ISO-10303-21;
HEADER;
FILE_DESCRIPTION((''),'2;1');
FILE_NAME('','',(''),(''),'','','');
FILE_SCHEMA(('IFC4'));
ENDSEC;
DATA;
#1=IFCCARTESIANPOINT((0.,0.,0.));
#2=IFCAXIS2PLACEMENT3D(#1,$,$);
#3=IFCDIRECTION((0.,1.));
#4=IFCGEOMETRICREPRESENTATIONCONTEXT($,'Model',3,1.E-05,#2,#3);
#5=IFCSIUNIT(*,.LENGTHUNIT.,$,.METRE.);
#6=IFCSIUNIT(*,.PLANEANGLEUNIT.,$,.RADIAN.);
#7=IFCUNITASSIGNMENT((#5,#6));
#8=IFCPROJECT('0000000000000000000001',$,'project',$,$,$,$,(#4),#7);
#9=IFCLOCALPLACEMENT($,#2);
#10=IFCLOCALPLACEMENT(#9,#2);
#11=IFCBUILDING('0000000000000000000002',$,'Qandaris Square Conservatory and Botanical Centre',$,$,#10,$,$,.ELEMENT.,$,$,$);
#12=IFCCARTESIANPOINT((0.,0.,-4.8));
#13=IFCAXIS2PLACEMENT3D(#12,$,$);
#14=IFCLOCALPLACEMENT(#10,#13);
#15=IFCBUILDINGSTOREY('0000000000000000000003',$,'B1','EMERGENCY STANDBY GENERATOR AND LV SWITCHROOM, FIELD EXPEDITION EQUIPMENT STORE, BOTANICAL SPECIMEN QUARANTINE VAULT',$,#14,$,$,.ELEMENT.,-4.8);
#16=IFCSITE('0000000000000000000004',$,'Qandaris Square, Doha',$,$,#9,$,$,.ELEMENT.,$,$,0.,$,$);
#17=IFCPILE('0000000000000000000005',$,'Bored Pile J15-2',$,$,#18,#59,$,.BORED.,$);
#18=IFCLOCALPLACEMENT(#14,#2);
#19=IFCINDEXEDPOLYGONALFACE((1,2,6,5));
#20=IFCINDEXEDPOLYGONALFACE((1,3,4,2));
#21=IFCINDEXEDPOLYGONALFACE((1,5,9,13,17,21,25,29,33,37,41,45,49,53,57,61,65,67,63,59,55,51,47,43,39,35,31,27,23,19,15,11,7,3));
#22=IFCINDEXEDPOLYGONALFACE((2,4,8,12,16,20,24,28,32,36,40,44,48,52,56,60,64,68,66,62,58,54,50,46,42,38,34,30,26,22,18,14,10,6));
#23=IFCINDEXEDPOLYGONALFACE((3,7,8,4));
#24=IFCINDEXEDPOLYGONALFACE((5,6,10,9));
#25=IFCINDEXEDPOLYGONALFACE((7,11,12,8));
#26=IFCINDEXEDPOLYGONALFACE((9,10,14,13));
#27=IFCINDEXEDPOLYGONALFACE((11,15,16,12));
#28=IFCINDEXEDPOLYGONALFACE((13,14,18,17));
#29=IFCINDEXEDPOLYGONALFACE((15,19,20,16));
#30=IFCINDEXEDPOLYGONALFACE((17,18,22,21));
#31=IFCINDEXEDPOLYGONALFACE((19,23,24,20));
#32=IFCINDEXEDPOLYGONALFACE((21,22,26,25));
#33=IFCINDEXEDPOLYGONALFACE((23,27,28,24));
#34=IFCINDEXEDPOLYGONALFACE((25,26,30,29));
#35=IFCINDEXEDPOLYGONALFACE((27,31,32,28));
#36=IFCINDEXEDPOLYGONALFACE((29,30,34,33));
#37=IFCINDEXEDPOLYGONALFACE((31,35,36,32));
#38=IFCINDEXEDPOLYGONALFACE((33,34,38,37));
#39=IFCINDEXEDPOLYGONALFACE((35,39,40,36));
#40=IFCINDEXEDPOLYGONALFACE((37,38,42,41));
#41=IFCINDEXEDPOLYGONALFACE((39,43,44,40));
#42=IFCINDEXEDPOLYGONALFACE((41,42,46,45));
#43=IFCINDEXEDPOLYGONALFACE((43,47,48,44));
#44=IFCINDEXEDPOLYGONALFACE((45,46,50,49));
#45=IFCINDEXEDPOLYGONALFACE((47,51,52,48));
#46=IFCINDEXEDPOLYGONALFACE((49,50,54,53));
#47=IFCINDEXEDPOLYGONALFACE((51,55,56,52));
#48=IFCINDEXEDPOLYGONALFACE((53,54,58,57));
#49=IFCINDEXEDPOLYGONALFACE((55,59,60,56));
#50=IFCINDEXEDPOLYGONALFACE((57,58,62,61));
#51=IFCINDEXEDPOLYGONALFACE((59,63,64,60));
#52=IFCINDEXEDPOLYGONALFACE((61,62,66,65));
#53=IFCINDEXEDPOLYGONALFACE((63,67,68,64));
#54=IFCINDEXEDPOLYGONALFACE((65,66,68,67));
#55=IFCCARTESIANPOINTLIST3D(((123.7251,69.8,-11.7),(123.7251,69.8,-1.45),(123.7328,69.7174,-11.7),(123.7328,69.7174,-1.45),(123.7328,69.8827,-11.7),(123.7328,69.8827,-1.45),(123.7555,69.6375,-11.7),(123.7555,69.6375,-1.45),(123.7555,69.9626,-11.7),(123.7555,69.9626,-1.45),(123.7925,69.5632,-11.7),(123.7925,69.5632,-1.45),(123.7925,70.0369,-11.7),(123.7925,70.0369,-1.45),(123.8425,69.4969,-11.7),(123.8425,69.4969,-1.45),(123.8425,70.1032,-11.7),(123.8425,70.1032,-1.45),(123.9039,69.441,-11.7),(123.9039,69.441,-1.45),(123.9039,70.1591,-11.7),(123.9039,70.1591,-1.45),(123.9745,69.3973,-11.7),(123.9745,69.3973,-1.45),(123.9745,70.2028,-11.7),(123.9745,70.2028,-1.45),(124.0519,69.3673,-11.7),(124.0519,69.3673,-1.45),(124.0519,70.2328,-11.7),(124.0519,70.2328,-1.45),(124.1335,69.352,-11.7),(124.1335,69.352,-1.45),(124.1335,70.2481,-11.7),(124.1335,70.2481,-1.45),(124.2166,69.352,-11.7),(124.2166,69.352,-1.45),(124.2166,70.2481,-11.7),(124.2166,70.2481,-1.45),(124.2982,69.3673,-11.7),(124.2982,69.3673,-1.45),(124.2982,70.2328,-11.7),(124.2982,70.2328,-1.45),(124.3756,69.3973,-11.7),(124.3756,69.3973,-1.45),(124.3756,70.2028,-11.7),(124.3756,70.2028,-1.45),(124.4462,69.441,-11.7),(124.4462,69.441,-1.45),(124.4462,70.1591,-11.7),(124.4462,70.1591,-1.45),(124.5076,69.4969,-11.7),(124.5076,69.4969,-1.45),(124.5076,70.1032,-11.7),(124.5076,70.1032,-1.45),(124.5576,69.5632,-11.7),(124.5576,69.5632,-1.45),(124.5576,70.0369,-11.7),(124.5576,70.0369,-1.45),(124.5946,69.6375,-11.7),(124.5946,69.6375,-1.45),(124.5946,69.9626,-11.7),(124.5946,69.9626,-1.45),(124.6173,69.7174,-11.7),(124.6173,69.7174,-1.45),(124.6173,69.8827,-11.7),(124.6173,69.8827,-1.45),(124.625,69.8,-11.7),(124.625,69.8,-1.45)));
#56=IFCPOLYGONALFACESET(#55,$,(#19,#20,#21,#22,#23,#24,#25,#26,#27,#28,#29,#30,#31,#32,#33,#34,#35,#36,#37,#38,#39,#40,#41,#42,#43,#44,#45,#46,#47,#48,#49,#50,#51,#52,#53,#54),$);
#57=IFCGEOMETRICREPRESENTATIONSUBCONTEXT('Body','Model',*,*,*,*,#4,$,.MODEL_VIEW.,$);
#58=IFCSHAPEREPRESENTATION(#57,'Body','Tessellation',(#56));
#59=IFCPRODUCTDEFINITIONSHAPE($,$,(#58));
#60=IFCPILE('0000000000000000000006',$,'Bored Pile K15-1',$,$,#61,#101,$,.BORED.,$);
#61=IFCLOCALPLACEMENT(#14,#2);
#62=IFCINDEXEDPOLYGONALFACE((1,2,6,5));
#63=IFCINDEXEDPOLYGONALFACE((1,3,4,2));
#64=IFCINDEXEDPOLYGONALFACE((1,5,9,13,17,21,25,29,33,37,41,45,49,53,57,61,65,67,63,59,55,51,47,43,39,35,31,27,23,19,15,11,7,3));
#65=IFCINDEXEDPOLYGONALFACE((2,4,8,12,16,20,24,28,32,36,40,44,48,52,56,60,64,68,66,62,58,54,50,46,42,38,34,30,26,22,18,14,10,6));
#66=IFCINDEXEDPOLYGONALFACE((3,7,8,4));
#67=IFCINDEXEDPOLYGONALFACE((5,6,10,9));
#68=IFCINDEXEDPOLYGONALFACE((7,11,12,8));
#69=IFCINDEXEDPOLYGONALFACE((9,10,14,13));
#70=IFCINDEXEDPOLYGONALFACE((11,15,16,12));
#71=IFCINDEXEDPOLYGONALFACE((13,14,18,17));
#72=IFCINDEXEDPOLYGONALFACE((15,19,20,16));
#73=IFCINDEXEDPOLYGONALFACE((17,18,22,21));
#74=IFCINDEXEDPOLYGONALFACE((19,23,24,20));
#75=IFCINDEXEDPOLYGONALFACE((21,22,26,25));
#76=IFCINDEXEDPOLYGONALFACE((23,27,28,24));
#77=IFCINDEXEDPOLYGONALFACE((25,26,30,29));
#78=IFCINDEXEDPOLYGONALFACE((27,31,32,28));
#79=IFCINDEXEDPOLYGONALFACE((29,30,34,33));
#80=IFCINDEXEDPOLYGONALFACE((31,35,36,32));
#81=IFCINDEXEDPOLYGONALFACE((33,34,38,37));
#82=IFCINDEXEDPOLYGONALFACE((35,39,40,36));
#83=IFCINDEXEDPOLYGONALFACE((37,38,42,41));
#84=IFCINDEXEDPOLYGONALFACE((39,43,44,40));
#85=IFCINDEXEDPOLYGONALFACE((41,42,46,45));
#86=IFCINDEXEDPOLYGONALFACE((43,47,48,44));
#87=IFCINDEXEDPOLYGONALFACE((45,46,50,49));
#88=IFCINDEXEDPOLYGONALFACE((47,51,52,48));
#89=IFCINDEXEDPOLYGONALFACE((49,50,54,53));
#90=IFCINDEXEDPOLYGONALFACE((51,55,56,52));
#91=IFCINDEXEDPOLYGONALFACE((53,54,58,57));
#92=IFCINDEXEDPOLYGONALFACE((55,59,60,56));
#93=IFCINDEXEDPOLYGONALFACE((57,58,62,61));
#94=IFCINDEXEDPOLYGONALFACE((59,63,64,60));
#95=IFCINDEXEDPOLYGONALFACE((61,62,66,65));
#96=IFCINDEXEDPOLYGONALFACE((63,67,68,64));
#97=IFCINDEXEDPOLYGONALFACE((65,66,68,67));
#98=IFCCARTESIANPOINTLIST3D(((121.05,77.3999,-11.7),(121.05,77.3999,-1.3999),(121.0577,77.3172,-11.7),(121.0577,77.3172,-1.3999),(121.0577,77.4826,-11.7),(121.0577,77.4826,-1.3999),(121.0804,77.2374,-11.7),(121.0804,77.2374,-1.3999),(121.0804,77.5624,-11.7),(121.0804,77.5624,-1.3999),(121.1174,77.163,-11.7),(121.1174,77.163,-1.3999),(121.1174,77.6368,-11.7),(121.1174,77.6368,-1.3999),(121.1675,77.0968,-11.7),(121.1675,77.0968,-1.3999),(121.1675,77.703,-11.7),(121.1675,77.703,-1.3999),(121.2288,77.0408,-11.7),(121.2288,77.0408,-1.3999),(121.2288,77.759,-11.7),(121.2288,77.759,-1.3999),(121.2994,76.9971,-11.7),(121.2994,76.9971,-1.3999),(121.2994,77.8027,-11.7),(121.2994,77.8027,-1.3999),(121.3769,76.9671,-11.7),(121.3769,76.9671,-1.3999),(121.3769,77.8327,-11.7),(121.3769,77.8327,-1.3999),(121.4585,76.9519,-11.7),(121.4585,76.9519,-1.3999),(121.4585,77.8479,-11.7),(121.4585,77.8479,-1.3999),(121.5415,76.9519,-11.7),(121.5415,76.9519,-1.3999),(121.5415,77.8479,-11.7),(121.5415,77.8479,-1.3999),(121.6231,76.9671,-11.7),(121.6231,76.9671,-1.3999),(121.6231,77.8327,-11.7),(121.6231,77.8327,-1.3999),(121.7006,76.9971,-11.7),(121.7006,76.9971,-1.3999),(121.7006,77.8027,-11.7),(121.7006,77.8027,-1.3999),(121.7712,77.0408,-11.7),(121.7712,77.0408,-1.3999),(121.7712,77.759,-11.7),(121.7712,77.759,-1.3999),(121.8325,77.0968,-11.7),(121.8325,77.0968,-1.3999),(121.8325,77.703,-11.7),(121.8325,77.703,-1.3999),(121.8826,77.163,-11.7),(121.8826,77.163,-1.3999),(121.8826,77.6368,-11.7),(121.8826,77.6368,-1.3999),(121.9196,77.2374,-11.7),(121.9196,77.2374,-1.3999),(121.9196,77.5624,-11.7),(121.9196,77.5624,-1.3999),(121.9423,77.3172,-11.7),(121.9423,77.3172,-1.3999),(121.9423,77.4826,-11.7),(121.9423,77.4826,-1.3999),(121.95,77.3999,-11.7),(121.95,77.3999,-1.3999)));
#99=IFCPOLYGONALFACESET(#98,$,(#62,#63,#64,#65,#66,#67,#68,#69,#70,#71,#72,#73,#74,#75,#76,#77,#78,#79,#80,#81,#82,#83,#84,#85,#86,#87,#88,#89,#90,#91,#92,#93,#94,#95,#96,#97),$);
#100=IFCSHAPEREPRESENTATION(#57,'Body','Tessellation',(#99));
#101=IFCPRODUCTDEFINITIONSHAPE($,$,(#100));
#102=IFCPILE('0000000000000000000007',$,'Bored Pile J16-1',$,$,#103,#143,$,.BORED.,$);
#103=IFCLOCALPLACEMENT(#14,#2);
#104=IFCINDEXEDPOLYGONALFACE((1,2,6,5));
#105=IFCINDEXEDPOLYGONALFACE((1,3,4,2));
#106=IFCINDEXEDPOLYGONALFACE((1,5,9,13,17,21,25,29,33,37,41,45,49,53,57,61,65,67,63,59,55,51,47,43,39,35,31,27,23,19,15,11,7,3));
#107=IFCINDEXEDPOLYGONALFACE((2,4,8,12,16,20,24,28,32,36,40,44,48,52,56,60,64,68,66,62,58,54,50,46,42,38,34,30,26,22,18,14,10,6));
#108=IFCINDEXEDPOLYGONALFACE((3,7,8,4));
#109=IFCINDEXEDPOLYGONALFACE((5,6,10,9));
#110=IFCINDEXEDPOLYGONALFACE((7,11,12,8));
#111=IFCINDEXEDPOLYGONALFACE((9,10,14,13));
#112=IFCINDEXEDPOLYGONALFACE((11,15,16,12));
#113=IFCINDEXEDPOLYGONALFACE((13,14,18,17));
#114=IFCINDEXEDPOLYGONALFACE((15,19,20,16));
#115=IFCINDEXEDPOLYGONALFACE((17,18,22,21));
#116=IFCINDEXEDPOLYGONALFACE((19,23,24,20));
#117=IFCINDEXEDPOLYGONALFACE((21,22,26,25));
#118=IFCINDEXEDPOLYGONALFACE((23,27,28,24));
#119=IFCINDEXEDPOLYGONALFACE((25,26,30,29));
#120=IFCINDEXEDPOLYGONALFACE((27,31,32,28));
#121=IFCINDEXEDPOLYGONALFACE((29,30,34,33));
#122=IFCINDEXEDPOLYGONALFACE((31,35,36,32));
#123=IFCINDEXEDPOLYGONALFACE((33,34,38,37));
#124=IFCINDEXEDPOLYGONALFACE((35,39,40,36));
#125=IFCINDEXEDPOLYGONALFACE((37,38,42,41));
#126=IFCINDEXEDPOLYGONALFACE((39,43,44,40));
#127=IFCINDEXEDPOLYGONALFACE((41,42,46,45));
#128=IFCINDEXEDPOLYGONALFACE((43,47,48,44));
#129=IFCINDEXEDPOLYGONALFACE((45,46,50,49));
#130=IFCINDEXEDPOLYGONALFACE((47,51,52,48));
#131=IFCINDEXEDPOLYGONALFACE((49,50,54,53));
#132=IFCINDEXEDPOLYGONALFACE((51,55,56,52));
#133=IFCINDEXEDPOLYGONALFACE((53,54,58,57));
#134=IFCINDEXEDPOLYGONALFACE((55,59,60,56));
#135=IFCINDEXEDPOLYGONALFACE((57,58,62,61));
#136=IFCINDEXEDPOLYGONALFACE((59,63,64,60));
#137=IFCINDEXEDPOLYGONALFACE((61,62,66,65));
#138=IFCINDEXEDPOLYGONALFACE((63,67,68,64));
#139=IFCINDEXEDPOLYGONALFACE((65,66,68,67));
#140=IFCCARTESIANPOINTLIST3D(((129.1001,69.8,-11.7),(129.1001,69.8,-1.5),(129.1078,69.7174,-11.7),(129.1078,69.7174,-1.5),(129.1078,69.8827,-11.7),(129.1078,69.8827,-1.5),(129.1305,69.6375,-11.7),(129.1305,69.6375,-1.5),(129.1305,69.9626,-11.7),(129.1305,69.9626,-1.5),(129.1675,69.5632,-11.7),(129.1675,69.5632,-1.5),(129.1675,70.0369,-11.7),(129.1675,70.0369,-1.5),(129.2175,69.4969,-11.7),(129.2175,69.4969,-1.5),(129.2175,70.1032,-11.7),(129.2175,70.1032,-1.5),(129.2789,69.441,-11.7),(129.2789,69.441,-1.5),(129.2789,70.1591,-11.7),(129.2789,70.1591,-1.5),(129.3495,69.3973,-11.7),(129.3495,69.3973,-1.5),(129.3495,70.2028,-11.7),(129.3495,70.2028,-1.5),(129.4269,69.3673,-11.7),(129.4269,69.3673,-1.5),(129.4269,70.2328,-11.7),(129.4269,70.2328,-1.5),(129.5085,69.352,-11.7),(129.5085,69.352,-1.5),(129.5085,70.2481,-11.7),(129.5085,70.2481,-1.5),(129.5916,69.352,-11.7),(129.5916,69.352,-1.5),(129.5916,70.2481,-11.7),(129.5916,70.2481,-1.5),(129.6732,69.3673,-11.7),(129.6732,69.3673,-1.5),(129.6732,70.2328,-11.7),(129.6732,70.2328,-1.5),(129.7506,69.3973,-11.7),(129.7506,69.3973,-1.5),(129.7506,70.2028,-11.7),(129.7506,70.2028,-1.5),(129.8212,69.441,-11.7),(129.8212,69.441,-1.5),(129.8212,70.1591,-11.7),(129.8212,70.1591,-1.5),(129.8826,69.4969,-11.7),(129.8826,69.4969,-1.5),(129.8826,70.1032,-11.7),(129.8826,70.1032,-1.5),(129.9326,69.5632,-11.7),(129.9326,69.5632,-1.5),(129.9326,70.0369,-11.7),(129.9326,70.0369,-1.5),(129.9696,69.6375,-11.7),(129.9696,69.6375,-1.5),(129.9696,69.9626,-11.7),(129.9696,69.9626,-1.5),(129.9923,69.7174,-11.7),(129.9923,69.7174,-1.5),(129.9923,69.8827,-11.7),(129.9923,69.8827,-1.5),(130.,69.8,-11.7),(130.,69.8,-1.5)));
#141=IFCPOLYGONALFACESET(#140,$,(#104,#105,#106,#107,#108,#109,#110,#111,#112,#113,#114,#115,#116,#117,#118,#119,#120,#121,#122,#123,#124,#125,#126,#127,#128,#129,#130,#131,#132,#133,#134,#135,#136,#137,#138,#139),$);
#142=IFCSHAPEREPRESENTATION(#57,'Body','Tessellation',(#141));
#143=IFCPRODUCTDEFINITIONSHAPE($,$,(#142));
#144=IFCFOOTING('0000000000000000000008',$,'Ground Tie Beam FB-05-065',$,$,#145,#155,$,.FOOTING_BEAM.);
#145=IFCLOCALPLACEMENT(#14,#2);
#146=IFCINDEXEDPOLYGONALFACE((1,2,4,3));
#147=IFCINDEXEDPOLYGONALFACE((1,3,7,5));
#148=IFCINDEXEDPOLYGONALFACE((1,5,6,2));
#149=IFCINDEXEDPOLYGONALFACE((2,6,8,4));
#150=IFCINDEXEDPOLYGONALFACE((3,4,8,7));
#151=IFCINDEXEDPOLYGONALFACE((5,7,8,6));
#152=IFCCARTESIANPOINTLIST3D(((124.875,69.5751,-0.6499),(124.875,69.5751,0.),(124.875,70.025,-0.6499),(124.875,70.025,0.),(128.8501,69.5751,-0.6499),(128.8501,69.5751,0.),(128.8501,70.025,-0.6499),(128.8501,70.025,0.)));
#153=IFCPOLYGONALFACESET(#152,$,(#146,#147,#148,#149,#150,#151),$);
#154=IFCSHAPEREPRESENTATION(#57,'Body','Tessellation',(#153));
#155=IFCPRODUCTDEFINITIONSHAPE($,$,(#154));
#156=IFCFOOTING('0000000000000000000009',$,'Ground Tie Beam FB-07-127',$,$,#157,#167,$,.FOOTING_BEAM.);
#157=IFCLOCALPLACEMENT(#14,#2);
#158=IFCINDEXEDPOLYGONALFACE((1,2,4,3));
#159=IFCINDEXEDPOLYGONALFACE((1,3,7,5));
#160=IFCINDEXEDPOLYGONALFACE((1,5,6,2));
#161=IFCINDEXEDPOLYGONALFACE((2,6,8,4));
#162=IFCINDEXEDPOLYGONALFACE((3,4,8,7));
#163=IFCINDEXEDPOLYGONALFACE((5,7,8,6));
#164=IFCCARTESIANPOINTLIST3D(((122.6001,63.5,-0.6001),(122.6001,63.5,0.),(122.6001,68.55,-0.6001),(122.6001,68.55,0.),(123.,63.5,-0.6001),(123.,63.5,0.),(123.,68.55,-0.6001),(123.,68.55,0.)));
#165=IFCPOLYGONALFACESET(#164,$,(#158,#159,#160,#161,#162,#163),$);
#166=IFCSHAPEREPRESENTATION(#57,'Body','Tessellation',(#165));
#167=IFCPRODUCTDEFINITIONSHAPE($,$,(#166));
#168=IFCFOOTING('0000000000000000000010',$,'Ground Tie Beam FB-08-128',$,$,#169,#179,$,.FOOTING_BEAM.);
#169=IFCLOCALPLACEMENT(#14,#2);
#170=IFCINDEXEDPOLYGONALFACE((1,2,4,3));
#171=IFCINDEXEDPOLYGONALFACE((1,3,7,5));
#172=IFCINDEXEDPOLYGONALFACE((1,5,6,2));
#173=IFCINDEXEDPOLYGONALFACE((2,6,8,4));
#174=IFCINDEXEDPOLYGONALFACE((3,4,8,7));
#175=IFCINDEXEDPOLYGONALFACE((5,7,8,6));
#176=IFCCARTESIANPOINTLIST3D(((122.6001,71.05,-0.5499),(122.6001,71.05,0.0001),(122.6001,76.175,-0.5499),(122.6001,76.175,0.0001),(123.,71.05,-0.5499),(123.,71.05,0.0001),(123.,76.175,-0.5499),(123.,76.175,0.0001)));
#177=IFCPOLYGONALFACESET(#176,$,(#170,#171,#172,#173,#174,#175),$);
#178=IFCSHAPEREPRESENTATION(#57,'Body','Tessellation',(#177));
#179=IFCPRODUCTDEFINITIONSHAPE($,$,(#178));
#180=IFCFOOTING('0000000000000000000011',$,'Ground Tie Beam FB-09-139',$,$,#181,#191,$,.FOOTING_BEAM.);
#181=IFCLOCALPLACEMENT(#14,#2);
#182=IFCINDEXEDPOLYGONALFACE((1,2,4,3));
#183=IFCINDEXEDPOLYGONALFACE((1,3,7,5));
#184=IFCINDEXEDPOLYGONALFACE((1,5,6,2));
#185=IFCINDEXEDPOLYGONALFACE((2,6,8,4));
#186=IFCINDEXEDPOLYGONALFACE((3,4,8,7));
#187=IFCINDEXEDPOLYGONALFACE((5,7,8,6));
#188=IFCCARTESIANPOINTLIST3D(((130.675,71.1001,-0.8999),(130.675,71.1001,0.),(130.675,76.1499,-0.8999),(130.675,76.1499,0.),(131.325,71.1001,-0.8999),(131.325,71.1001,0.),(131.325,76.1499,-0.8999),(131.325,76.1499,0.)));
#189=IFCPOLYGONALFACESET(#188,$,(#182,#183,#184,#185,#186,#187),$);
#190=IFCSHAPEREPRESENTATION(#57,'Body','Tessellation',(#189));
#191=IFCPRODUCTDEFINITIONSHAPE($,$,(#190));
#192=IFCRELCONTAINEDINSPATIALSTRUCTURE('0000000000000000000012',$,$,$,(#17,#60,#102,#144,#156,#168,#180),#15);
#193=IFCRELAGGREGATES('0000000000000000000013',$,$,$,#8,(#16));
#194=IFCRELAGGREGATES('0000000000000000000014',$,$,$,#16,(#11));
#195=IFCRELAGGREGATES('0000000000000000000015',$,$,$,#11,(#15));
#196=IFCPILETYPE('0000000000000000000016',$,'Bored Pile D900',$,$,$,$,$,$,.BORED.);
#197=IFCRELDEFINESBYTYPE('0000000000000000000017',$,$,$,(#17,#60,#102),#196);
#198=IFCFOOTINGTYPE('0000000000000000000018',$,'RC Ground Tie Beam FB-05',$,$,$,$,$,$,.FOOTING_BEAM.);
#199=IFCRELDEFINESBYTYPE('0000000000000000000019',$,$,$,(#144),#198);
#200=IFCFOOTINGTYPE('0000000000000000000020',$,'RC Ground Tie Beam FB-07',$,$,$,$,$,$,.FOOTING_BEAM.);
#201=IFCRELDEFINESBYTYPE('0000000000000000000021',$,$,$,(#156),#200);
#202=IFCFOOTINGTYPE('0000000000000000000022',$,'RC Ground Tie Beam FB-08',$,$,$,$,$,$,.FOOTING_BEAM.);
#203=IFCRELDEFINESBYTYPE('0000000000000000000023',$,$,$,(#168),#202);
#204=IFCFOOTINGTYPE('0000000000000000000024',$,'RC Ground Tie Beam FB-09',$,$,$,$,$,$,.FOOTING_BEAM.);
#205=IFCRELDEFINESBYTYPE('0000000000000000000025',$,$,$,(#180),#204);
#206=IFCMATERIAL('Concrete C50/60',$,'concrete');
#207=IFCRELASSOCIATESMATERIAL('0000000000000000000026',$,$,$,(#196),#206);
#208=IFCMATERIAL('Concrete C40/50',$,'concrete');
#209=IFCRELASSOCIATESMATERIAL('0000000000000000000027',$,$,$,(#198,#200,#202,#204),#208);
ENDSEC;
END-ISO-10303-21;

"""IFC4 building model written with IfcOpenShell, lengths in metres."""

from ifc_helpers import new_model, si_unit, direction, frame, origin, origin_2d, place, context, subcontext, project, spatial, rectangle, circle, extrude, material, material_profile, profile_set, type_object, element, save


model = new_model("IFC4")

# Units and contexts
model_context = context("Model", 3, precision=1e-05, world=origin(), true_north=direction((0.0, 1.0)))
body_context = subcontext(model_context, "Body", "Model", "MODEL_VIEW")
ifc_project = project(units=[si_unit("LENGTHUNIT", "METRE"), si_unit("PLANEANGLEUNIT", "RADIAN")], contexts=[model_context])

# Site, building, storey
site_placement = place(None, origin())
site = spatial("IfcSite", under=ifc_project, at=site_placement, Name="Qandaris Square, Doha", CompositionType="ELEMENT", RefElevation=0.0)
building_placement = place(site_placement, origin())
building = spatial("IfcBuilding", under=site, at=building_placement, Name="Qandaris Square Conservatory and Botanical Centre", CompositionType="ELEMENT")
storey_placement = place(building_placement, frame((0.0, 0.0, -4.8)))
storey = spatial("IfcBuildingStorey", under=building, at=storey_placement, Name="B1", Description="EMERGENCY STANDBY GENERATOR AND LV SWITCHROOM, FIELD EXPEDITION EQUIPMENT STORE, BOTANICAL SPECIMEN QUARANTINE VAULT", CompositionType="ELEMENT", Elevation=-4.8)

# Piles
ifc_material_1 = material(Name="Concrete C50/60", Category="concrete")
ifc_material_profile_1 = material_profile(ifc_material_1, circle(Radius=0.45, at=origin_2d()), Name="PILE D900")
ifc_profile_set_1 = profile_set([ifc_material_profile_1], Name="Concrete C50/60")
pile_type = type_object("IfcPileType", Name="Bored Pile D900", PredefinedType="BORED", material=ifc_profile_set_1)
pile_1_placement = place(storey_placement, frame((124.175, 69.8, -1.45), z_axis=(0.0, 0.0, -1.0), x_axis=(1.0, 0.0, 0.0)))
element("IfcPile", 1, at=pile_1_placement, inside=storey, type_object=pile_type, Name="Bored Pile J15-2", PredefinedType="BORED", context=body_context, shape_type="SweptSolid", body=[
    extrude(circle(Radius=0.45, at=origin_2d()), origin(), (0.0, 0.0, 1.0), 10.25),
])
pile_2_placement = place(storey_placement, frame((121.5, 77.3999, -1.3999), z_axis=(0.0, 0.0, -1.0), x_axis=(1.0, 0.0, 0.0)))
element("IfcPile", 2, at=pile_2_placement, inside=storey, type_object=pile_type, Name="Bored Pile K15-1", PredefinedType="BORED", context=body_context, shape_type="SweptSolid", body=[
    extrude(circle(Radius=0.45, at=origin_2d()), origin(), (0.0, 0.0, 1.0), 10.3),
])
pile_3_placement = place(storey_placement, frame((129.55, 69.8, -1.5), z_axis=(0.0, 0.0, -1.0), x_axis=(1.0, 0.0, 0.0)))
element("IfcPile", 3, at=pile_3_placement, inside=storey, type_object=pile_type, Name="Bored Pile J16-1", PredefinedType="BORED", context=body_context, shape_type="SweptSolid", body=[
    extrude(circle(Radius=0.45, at=origin_2d()), origin(), (0.0, 0.0, 1.0), 10.2),
])

# Footings
ifc_material_2 = material(Name="Concrete C40/50", Category="concrete")
ifc_material_profile_2 = material_profile(ifc_material_2, rectangle(XDim=0.45, YDim=0.6499, at=origin_2d()), Name="FB 450x650")
ifc_profile_set_2 = profile_set([ifc_material_profile_2], Name="Concrete C40/50")
footing_type_1 = type_object("IfcFootingType", Name="RC Ground Tie Beam FB-05", PredefinedType="FOOTING_BEAM", material=ifc_profile_set_2)
footing_1_placement = place(storey_placement, frame((124.875, 69.8, -0.325), z_axis=(1.0, 0.0, 0.0), x_axis=(0.0, 1.0, 0.0)))
element("IfcFooting", 4, at=footing_1_placement, inside=storey, type_object=footing_type_1, Name="Ground Tie Beam FB-05-065", PredefinedType="FOOTING_BEAM", context=body_context, shape_type="SweptSolid", body=[
    extrude(rectangle(XDim=0.45, YDim=0.6499, at=origin_2d()), origin(), (0.0, 0.0, 1.0), 3.9751),
])
ifc_material_profile_3 = material_profile(ifc_material_2, rectangle(XDim=0.3999, YDim=0.6001, at=origin_2d()), Name="FB 400x600")
ifc_profile_set_3 = profile_set([ifc_material_profile_3], Name="Concrete C40/50")
footing_type_2 = type_object("IfcFootingType", Name="RC Ground Tie Beam FB-07", PredefinedType="FOOTING_BEAM", material=ifc_profile_set_3)
footing_2_placement = place(storey_placement, frame((122.8, 63.5, -0.3), z_axis=(0.0, 1.0, 0.0), x_axis=(-1.0, 0.0, 0.0)))
element("IfcFooting", 5, at=footing_2_placement, inside=storey, type_object=footing_type_2, Name="Ground Tie Beam FB-07-127", PredefinedType="FOOTING_BEAM", context=body_context, shape_type="SweptSolid", body=[
    extrude(rectangle(XDim=0.3999, YDim=0.6001, at=origin_2d()), origin(), (0.0, 0.0, 1.0), 5.05),
])
ifc_material_profile_4 = material_profile(ifc_material_2, rectangle(XDim=0.3999, YDim=0.55, at=origin_2d()), Name="FB 400x550")
ifc_profile_set_4 = profile_set([ifc_material_profile_4], Name="Concrete C40/50")
footing_type_3 = type_object("IfcFootingType", Name="RC Ground Tie Beam FB-08", PredefinedType="FOOTING_BEAM", material=ifc_profile_set_4)
footing_3_placement = place(storey_placement, frame((122.8, 71.05, -0.2749), z_axis=(0.0, 1.0, 0.0), x_axis=(-1.0, 0.0, 0.0)))
element("IfcFooting", 6, at=footing_3_placement, inside=storey, type_object=footing_type_3, Name="Ground Tie Beam FB-08-128", PredefinedType="FOOTING_BEAM", context=body_context, shape_type="SweptSolid", body=[
    extrude(rectangle(XDim=0.3999, YDim=0.55, at=origin_2d()), origin(), (0.0, 0.0, 1.0), 5.125),
])
ifc_material_profile_5 = material_profile(ifc_material_2, rectangle(XDim=0.6499, YDim=0.8999, at=origin_2d()), Name="FB 650x900")
ifc_profile_set_5 = profile_set([ifc_material_profile_5], Name="Concrete C40/50")
footing_type_4 = type_object("IfcFootingType", Name="RC Ground Tie Beam FB-09", PredefinedType="FOOTING_BEAM", material=ifc_profile_set_5)
footing_4_placement = place(storey_placement, frame((131.0, 71.1001, -0.45), z_axis=(0.0, 1.0, 0.0), x_axis=(-1.0, 0.0, 0.0)))
element("IfcFooting", 7, at=footing_4_placement, inside=storey, type_object=footing_type_4, Name="Ground Tie Beam FB-09-139", PredefinedType="FOOTING_BEAM", context=body_context, shape_type="SweptSolid", body=[
    extrude(rectangle(XDim=0.6499, YDim=0.8999, at=origin_2d()), origin(), (0.0, 0.0, 1.0), 5.0498),
])

save(model, "model.ifc")
